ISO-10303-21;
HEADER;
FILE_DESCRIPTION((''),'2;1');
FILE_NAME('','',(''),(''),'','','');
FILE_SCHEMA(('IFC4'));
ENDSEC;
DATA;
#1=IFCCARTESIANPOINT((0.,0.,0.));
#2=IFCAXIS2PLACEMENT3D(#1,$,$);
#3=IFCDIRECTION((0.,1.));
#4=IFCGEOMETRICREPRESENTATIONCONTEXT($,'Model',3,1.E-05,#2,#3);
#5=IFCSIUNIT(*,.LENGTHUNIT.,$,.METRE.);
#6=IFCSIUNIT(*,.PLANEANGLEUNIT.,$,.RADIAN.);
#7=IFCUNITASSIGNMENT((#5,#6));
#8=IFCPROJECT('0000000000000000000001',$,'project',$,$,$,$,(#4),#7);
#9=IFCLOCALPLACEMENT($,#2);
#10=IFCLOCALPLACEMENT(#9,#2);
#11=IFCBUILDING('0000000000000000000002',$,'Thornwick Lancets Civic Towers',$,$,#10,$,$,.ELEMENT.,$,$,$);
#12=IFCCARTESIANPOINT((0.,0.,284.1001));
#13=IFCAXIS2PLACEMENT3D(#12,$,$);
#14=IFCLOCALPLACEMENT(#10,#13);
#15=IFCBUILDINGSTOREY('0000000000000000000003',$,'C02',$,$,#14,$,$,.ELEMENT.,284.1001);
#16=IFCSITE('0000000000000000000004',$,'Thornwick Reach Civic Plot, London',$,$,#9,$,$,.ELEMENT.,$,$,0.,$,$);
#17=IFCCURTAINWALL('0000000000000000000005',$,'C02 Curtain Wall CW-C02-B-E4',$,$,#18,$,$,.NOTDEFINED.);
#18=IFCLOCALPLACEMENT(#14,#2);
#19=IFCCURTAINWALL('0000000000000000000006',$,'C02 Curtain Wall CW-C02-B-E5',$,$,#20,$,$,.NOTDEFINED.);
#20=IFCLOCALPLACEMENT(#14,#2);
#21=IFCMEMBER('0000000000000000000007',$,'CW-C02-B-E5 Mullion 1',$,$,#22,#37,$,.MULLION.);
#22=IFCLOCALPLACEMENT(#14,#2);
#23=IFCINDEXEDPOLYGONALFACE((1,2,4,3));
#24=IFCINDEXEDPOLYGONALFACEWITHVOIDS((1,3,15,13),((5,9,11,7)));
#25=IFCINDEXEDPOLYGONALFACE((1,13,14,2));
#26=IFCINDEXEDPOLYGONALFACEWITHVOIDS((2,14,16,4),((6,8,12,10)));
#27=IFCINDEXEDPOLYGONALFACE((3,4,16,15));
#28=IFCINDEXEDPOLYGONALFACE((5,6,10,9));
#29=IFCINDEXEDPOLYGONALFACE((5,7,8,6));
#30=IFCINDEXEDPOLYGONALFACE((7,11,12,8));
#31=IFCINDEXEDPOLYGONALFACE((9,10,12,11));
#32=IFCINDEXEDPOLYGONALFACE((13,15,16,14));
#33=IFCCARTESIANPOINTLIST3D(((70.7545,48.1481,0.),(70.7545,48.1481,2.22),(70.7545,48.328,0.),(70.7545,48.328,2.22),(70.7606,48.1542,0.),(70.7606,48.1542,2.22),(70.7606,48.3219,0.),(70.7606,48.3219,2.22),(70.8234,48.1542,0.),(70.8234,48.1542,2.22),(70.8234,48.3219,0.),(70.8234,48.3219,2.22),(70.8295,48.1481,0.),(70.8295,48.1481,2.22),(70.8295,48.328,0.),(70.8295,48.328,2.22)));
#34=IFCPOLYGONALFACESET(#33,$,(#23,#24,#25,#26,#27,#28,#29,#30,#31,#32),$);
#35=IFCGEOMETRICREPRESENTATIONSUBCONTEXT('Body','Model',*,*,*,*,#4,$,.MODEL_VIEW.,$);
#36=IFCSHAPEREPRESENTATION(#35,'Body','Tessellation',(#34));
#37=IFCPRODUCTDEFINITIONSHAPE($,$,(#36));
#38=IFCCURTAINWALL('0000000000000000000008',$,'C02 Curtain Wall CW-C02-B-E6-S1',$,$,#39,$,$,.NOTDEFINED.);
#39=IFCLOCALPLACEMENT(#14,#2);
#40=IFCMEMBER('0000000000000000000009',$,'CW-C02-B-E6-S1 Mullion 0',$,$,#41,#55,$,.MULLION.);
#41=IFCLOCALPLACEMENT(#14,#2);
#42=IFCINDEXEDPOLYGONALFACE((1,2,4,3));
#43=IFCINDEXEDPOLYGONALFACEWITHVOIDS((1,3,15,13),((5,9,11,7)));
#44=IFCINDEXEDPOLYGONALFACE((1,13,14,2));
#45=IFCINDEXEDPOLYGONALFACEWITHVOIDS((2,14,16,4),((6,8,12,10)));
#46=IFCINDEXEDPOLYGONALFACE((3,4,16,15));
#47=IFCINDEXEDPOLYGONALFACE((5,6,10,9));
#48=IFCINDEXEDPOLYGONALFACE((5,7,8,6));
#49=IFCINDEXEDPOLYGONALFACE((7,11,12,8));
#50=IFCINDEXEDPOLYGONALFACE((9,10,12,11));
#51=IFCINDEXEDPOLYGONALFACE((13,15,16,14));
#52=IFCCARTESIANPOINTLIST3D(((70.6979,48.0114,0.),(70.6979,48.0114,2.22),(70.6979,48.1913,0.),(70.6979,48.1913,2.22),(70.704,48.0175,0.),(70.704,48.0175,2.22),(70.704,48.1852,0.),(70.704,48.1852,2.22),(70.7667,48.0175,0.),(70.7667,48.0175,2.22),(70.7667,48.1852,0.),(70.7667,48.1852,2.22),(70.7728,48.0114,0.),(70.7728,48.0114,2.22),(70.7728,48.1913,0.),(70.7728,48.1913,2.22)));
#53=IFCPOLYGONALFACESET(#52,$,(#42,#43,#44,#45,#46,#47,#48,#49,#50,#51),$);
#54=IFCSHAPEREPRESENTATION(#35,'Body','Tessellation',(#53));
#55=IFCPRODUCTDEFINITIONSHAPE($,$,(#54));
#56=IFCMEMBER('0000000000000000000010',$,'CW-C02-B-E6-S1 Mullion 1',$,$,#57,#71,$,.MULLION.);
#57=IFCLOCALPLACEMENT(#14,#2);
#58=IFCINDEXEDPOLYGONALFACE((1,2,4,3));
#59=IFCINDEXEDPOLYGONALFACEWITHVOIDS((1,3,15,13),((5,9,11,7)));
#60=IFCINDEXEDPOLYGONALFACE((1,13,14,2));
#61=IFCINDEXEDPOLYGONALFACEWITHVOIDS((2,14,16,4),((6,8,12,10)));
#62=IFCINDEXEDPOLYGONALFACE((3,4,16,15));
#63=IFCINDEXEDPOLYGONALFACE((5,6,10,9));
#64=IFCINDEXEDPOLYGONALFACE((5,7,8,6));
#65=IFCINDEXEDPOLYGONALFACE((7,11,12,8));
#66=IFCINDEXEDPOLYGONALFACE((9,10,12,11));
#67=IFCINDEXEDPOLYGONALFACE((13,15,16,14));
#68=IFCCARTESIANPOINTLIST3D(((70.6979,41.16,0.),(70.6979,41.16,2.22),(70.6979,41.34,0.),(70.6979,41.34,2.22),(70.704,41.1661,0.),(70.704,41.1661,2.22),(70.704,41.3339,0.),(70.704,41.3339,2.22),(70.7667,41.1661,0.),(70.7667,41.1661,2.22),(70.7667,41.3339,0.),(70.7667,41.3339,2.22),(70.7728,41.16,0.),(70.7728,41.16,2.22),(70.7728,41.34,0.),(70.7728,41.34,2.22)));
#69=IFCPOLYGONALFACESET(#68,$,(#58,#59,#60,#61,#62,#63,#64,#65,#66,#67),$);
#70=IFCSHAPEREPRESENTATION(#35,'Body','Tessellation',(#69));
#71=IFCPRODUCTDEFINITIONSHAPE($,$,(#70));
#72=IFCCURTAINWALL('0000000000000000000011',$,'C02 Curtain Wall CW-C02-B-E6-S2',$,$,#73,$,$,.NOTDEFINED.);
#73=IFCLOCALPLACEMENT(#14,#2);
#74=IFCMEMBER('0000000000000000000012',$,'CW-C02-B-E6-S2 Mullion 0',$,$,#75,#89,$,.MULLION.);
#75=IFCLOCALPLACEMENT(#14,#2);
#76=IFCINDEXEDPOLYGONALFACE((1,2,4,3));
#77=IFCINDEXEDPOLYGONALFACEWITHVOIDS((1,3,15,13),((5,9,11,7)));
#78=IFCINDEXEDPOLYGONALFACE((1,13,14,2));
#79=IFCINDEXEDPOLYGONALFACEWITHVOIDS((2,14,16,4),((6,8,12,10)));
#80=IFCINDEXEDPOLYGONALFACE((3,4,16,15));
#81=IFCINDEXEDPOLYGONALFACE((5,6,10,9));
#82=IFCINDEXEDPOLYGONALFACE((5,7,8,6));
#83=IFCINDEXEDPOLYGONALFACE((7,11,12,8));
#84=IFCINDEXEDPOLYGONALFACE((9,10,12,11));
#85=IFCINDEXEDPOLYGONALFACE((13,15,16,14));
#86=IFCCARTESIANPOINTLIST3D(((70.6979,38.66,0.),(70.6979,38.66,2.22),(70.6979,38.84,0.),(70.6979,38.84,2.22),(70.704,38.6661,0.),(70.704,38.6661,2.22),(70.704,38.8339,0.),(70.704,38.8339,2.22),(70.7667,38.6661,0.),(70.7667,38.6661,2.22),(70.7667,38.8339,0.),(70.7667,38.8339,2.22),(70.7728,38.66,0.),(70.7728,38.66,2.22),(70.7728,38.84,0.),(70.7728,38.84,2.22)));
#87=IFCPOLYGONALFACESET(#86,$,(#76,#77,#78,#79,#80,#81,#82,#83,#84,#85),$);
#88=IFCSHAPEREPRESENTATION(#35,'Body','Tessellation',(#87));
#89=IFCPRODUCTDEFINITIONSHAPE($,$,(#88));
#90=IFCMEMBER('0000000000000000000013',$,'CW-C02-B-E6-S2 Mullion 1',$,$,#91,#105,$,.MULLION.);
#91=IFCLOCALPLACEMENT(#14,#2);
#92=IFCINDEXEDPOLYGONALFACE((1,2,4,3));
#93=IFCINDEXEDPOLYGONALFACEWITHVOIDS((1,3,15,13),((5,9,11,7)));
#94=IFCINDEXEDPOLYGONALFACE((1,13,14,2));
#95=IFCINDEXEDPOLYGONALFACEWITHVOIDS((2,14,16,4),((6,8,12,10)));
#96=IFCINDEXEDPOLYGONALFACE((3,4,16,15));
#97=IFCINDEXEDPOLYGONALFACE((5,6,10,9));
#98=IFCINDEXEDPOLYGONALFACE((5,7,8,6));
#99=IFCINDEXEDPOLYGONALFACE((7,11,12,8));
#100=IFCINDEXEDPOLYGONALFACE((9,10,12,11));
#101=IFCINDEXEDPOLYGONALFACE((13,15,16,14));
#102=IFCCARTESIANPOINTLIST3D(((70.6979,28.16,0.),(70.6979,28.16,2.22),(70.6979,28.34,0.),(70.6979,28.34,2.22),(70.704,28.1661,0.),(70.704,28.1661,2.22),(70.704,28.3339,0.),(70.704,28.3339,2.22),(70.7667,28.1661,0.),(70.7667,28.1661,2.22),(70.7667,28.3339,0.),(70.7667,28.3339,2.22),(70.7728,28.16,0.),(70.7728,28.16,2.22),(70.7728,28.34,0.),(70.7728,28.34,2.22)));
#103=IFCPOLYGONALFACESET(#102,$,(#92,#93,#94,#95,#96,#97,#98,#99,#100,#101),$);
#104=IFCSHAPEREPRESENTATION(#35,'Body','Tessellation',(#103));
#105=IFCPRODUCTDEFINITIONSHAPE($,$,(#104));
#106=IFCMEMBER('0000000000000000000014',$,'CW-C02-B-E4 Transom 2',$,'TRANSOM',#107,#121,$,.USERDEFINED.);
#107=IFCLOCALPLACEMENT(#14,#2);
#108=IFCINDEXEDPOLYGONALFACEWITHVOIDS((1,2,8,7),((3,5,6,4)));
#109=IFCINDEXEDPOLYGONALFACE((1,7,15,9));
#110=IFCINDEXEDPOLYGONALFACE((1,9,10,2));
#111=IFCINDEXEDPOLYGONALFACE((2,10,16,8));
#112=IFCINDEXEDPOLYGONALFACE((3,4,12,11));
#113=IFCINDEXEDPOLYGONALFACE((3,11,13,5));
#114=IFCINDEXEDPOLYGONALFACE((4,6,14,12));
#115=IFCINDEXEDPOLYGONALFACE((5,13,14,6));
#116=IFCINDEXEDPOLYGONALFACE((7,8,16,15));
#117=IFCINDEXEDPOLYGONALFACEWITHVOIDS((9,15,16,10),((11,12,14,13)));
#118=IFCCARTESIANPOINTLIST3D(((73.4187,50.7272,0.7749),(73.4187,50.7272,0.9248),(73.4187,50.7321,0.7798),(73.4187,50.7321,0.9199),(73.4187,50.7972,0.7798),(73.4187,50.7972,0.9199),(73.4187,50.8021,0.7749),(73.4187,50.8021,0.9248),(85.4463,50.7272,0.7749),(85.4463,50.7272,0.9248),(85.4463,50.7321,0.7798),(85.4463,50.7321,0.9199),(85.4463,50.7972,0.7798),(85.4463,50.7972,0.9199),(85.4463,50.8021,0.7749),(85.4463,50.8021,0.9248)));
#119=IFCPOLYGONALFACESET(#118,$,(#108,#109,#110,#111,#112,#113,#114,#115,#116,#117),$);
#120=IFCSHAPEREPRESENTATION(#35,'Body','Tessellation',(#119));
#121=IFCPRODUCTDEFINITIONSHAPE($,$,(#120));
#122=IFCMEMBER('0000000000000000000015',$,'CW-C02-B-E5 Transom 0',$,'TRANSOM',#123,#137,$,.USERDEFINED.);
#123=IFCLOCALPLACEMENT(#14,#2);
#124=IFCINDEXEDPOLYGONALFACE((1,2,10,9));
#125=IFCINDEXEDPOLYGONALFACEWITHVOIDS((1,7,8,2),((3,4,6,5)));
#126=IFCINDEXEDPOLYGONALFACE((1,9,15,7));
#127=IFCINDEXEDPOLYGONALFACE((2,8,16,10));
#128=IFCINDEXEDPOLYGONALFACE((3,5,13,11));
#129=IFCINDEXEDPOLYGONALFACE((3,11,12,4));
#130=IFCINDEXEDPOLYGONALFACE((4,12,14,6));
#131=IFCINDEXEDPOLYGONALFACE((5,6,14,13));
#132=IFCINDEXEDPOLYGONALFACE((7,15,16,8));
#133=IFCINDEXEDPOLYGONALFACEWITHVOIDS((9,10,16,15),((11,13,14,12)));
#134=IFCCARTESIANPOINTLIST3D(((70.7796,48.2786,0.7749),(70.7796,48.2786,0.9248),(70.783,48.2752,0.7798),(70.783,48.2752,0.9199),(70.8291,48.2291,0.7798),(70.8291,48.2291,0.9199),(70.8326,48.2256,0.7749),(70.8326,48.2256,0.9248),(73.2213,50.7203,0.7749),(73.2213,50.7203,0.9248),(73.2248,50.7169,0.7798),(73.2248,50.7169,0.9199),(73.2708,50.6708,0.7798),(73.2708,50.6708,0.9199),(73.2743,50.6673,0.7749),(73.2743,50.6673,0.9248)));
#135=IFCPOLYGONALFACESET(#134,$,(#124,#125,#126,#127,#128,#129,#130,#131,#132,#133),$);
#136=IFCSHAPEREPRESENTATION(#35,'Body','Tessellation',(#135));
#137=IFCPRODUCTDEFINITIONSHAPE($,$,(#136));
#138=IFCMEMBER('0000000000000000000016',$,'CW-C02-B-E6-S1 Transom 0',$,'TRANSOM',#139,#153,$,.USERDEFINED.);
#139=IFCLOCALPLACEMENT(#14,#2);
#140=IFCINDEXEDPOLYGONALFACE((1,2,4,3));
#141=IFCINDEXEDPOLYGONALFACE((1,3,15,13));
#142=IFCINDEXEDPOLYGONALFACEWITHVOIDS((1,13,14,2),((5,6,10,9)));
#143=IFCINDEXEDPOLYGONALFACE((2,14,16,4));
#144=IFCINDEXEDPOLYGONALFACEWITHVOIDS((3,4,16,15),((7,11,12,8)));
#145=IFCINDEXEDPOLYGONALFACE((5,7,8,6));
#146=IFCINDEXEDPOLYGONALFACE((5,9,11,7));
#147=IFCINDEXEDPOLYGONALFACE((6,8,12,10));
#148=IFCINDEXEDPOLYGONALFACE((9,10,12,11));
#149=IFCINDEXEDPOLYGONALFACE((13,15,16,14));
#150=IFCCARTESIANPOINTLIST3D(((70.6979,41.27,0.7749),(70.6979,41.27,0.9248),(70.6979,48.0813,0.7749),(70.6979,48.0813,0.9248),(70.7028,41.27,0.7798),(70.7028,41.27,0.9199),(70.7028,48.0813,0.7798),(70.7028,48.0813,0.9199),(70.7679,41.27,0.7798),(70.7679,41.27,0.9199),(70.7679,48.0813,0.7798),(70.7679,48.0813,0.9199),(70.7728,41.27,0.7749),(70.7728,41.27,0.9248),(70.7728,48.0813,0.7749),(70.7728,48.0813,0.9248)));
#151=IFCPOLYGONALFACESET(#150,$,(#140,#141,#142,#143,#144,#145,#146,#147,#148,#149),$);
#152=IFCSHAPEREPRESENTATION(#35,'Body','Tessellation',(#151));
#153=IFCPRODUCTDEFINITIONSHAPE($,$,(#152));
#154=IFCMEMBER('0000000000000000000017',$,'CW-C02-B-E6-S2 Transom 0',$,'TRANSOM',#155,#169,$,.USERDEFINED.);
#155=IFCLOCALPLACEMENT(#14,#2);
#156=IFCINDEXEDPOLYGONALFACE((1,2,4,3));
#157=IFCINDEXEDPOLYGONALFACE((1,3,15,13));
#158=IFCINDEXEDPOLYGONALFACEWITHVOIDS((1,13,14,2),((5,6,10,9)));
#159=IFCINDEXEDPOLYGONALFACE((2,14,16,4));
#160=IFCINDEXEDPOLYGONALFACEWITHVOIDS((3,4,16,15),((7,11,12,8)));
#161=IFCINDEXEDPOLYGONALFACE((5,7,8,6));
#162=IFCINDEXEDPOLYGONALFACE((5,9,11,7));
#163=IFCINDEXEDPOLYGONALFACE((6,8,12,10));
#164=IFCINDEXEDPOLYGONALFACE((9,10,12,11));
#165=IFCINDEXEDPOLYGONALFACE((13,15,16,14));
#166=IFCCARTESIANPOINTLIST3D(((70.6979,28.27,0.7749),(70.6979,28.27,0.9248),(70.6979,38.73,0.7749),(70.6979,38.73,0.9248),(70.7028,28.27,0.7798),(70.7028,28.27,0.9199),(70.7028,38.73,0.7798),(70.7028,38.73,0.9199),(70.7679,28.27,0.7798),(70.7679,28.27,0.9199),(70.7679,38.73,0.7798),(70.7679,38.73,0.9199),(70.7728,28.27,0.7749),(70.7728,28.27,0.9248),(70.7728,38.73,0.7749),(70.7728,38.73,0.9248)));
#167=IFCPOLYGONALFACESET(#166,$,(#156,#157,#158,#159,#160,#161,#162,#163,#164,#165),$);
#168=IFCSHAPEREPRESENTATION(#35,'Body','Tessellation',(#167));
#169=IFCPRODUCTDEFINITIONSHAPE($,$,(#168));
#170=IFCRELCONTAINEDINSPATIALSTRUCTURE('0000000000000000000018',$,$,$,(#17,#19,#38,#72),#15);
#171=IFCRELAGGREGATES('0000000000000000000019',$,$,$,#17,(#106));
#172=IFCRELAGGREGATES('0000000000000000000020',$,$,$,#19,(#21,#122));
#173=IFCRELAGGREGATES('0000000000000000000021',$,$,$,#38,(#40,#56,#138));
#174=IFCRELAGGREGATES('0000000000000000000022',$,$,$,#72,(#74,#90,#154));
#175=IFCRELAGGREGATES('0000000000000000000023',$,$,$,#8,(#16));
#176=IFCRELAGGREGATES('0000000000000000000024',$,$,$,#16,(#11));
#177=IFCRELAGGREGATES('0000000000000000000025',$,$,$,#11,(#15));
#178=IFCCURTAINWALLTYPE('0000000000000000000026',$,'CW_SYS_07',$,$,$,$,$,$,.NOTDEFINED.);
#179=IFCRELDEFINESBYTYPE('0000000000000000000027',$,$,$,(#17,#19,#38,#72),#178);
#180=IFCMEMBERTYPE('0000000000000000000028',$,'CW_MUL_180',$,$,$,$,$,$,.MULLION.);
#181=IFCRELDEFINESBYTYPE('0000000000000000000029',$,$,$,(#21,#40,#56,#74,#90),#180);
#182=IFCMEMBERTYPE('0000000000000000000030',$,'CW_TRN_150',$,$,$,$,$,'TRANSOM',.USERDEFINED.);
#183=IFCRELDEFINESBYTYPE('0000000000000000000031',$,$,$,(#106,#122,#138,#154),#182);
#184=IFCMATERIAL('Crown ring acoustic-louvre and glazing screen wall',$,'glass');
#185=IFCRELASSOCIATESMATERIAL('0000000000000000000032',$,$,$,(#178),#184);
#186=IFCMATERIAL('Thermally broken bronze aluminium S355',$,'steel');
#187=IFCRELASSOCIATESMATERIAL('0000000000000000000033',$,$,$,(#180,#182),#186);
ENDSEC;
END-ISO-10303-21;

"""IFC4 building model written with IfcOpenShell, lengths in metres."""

from ifc_helpers import new_model, si_unit, direction, frame, origin, origin_2d, place, context, subcontext, project, spatial, hollow_rectangle, extrude, material, material_profile, profile_set, type_object, element, aggregate, save


model = new_model("IFC4")

# Units and contexts
model_context = context("Model", 3, precision=1e-05, world=origin(), true_north=direction((0.0, 1.0)))
body_context = subcontext(model_context, "Body", "Model", "MODEL_VIEW")
ifc_project = project(units=[si_unit("LENGTHUNIT", "METRE"), si_unit("PLANEANGLEUNIT", "RADIAN")], contexts=[model_context])

# Site, building, storey
site_placement = place(None, origin())
site = spatial("IfcSite", under=ifc_project, at=site_placement, Name="Thornwick Reach Civic Plot, London", CompositionType="ELEMENT", RefElevation=0.0)
building_placement = place(site_placement, origin())
building = spatial("IfcBuilding", under=site, at=building_placement, Name="Thornwick Lancets Civic Towers", CompositionType="ELEMENT")
storey_placement = place(building_placement, frame((0.0, 0.0, 284.1001)))
storey = spatial("IfcBuildingStorey", under=building, at=storey_placement, Name="C02", CompositionType="ELEMENT", Elevation=284.1001)

# Curtain walls, members
ifc_material_1 = material(Name="Crown ring acoustic-louvre and glazing screen wall", Category="glass")
curtain_wall_type = type_object("IfcCurtainWallType", Name="CW_SYS_07", PredefinedType="NOTDEFINED", material=ifc_material_1)
curtain_wall_1_placement = place(storey_placement, origin())
curtain_wall_1 = element("IfcCurtainWall", 1, at=curtain_wall_1_placement, inside=storey, type_object=curtain_wall_type, Name="C02 Curtain Wall CW-C02-B-E4", PredefinedType="NOTDEFINED")
ifc_material_2 = material(Name="Thermally broken bronze aluminium S355", Category="steel")
ifc_material_profile_1 = material_profile(ifc_material_2, hollow_rectangle(XDim=0.075, YDim=0.1799, WallThickness=0.0061, at=origin_2d()), Name="RHS 180x75x6")
ifc_profile_set_1 = profile_set([ifc_material_profile_1], Name="Thermally broken bronze aluminium S355")
member_type_1 = type_object("IfcMemberType", Name="CW_MUL_180", PredefinedType="MULLION", material=ifc_profile_set_1)
curtain_wall_2_placement = place(storey_placement, origin())
curtain_wall_2 = element("IfcCurtainWall", 2, at=curtain_wall_2_placement, inside=storey, type_object=curtain_wall_type, Name="C02 Curtain Wall CW-C02-B-E5", PredefinedType="NOTDEFINED")
member_1_placement = place(storey_placement, frame((70.792, 48.238, 0.0), z_axis=(0.0, 0.0, 1.0), x_axis=(1.0, 0.0, 0.0)))
member_1 = element("IfcMember", 3, at=member_1_placement, type_object=member_type_1, Name="CW-C02-B-E5 Mullion 1", PredefinedType="MULLION", context=body_context, shape_type="SweptSolid", body=[
    extrude(hollow_rectangle(XDim=0.075, YDim=0.1799, WallThickness=0.0061, at=origin_2d()), origin(), (0.0, 0.0, 1.0), 2.22),
])
curtain_wall_3_placement = place(storey_placement, origin())
curtain_wall_3 = element("IfcCurtainWall", 4, at=curtain_wall_3_placement, inside=storey, type_object=curtain_wall_type, Name="C02 Curtain Wall CW-C02-B-E6-S1", PredefinedType="NOTDEFINED")
member_2_placement = place(storey_placement, frame((70.7354, 48.1013, 0.0), z_axis=(0.0, 0.0, 1.0), x_axis=(1.0, 0.0, 0.0)))
member_2 = element("IfcMember", 5, at=member_2_placement, type_object=member_type_1, Name="CW-C02-B-E6-S1 Mullion 0", PredefinedType="MULLION", context=body_context, shape_type="SweptSolid", body=[
    extrude(hollow_rectangle(XDim=0.075, YDim=0.1799, WallThickness=0.0061, at=origin_2d()), origin(), (0.0, 0.0, 1.0), 2.22),
])
member_3_placement = place(storey_placement, frame((70.7354, 41.25, 0.0), z_axis=(0.0, 0.0, 1.0), x_axis=(1.0, 0.0, 0.0)))
member_3 = element("IfcMember", 6, at=member_3_placement, type_object=member_type_1, Name="CW-C02-B-E6-S1 Mullion 1", PredefinedType="MULLION", context=body_context, shape_type="SweptSolid", body=[
    extrude(hollow_rectangle(XDim=0.075, YDim=0.1799, WallThickness=0.0061, at=origin_2d()), origin(), (0.0, 0.0, 1.0), 2.22),
])
curtain_wall_4_placement = place(storey_placement, origin())
curtain_wall_4 = element("IfcCurtainWall", 7, at=curtain_wall_4_placement, inside=storey, type_object=curtain_wall_type, Name="C02 Curtain Wall CW-C02-B-E6-S2", PredefinedType="NOTDEFINED")
member_4_placement = place(storey_placement, frame((70.7354, 38.75, 0.0), z_axis=(0.0, 0.0, 1.0), x_axis=(1.0, 0.0, 0.0)))
member_4 = element("IfcMember", 8, at=member_4_placement, type_object=member_type_1, Name="CW-C02-B-E6-S2 Mullion 0", PredefinedType="MULLION", context=body_context, shape_type="SweptSolid", body=[
    extrude(hollow_rectangle(XDim=0.075, YDim=0.1799, WallThickness=0.0061, at=origin_2d()), origin(), (0.0, 0.0, 1.0), 2.22),
])
member_5_placement = place(storey_placement, frame((70.7354, 28.25, 0.0), z_axis=(0.0, 0.0, 1.0), x_axis=(1.0, 0.0, 0.0)))
member_5 = element("IfcMember", 9, at=member_5_placement, type_object=member_type_1, Name="CW-C02-B-E6-S2 Mullion 1", PredefinedType="MULLION", context=body_context, shape_type="SweptSolid", body=[
    extrude(hollow_rectangle(XDim=0.075, YDim=0.1799, WallThickness=0.0061, at=origin_2d()), origin(), (0.0, 0.0, 1.0), 2.22),
])

# Members
ifc_material_profile_2 = material_profile(ifc_material_2, hollow_rectangle(XDim=0.075, YDim=0.1499, WallThickness=0.0049, at=origin_2d()), Name="RHS 150x75x5")
ifc_profile_set_2 = profile_set([ifc_material_profile_2], Name="Thermally broken bronze aluminium S355")
member_type_2 = type_object("IfcMemberType", Name="CW_TRN_150", ElementType="TRANSOM", PredefinedType="USERDEFINED", material=ifc_profile_set_2)
member_6_placement = place(storey_placement, frame((85.4463, 50.7646, 0.8499), z_axis=(-1.0, 0.0, 0.0), x_axis=(0.0, -1.0, 0.0)))
member_6 = element("IfcMember", 10, at=member_6_placement, type_object=member_type_2, Name="CW-C02-B-E4 Transom 2", ObjectType="TRANSOM", PredefinedType="USERDEFINED", context=body_context, shape_type="SweptSolid", body=[
    extrude(hollow_rectangle(XDim=0.075, YDim=0.1499, WallThickness=0.0049, at=origin_2d()), origin(), (0.0, 0.0, 1.0), 12.0276),
])
member_7_placement = place(storey_placement, frame((73.2478, 50.6938, 0.8499), z_axis=(-0.707107, -0.707107, 0.0), x_axis=(0.707107, -0.707107, 0.0)))
member_7 = element("IfcMember", 11, at=member_7_placement, type_object=member_type_2, Name="CW-C02-B-E5 Transom 0", ObjectType="TRANSOM", PredefinedType="USERDEFINED", context=body_context, shape_type="SweptSolid", body=[
    extrude(hollow_rectangle(XDim=0.075, YDim=0.1499, WallThickness=0.0049, at=origin_2d()), origin(), (0.0, 0.0, 1.0), 3.4531),
])
member_8_placement = place(storey_placement, frame((70.7354, 48.0813, 0.8499), z_axis=(0.0, -1.0, 0.0), x_axis=(1.0, 0.0, 0.0)))
member_8 = element("IfcMember", 12, at=member_8_placement, type_object=member_type_2, Name="CW-C02-B-E6-S1 Transom 0", ObjectType="TRANSOM", PredefinedType="USERDEFINED", context=body_context, shape_type="SweptSolid", body=[
    extrude(hollow_rectangle(XDim=0.075, YDim=0.1499, WallThickness=0.0049, at=origin_2d()), origin(), (0.0, 0.0, 1.0), 6.8113),
])
member_9_placement = place(storey_placement, frame((70.7354, 38.73, 0.8499), z_axis=(0.0, -1.0, 0.0), x_axis=(1.0, 0.0, 0.0)))
member_9 = element("IfcMember", 13, at=member_9_placement, type_object=member_type_2, Name="CW-C02-B-E6-S2 Transom 0", ObjectType="TRANSOM", PredefinedType="USERDEFINED", context=body_context, shape_type="SweptSolid", body=[
    extrude(hollow_rectangle(XDim=0.075, YDim=0.1499, WallThickness=0.0049, at=origin_2d()), origin(), (0.0, 0.0, 1.0), 10.46),
])

aggregate(curtain_wall_1, [member_6])
aggregate(curtain_wall_2, [member_1, member_7])
aggregate(curtain_wall_3, [member_2, member_3, member_8])
aggregate(curtain_wall_4, [member_4, member_5, member_9])

save(model, "model.ifc")
